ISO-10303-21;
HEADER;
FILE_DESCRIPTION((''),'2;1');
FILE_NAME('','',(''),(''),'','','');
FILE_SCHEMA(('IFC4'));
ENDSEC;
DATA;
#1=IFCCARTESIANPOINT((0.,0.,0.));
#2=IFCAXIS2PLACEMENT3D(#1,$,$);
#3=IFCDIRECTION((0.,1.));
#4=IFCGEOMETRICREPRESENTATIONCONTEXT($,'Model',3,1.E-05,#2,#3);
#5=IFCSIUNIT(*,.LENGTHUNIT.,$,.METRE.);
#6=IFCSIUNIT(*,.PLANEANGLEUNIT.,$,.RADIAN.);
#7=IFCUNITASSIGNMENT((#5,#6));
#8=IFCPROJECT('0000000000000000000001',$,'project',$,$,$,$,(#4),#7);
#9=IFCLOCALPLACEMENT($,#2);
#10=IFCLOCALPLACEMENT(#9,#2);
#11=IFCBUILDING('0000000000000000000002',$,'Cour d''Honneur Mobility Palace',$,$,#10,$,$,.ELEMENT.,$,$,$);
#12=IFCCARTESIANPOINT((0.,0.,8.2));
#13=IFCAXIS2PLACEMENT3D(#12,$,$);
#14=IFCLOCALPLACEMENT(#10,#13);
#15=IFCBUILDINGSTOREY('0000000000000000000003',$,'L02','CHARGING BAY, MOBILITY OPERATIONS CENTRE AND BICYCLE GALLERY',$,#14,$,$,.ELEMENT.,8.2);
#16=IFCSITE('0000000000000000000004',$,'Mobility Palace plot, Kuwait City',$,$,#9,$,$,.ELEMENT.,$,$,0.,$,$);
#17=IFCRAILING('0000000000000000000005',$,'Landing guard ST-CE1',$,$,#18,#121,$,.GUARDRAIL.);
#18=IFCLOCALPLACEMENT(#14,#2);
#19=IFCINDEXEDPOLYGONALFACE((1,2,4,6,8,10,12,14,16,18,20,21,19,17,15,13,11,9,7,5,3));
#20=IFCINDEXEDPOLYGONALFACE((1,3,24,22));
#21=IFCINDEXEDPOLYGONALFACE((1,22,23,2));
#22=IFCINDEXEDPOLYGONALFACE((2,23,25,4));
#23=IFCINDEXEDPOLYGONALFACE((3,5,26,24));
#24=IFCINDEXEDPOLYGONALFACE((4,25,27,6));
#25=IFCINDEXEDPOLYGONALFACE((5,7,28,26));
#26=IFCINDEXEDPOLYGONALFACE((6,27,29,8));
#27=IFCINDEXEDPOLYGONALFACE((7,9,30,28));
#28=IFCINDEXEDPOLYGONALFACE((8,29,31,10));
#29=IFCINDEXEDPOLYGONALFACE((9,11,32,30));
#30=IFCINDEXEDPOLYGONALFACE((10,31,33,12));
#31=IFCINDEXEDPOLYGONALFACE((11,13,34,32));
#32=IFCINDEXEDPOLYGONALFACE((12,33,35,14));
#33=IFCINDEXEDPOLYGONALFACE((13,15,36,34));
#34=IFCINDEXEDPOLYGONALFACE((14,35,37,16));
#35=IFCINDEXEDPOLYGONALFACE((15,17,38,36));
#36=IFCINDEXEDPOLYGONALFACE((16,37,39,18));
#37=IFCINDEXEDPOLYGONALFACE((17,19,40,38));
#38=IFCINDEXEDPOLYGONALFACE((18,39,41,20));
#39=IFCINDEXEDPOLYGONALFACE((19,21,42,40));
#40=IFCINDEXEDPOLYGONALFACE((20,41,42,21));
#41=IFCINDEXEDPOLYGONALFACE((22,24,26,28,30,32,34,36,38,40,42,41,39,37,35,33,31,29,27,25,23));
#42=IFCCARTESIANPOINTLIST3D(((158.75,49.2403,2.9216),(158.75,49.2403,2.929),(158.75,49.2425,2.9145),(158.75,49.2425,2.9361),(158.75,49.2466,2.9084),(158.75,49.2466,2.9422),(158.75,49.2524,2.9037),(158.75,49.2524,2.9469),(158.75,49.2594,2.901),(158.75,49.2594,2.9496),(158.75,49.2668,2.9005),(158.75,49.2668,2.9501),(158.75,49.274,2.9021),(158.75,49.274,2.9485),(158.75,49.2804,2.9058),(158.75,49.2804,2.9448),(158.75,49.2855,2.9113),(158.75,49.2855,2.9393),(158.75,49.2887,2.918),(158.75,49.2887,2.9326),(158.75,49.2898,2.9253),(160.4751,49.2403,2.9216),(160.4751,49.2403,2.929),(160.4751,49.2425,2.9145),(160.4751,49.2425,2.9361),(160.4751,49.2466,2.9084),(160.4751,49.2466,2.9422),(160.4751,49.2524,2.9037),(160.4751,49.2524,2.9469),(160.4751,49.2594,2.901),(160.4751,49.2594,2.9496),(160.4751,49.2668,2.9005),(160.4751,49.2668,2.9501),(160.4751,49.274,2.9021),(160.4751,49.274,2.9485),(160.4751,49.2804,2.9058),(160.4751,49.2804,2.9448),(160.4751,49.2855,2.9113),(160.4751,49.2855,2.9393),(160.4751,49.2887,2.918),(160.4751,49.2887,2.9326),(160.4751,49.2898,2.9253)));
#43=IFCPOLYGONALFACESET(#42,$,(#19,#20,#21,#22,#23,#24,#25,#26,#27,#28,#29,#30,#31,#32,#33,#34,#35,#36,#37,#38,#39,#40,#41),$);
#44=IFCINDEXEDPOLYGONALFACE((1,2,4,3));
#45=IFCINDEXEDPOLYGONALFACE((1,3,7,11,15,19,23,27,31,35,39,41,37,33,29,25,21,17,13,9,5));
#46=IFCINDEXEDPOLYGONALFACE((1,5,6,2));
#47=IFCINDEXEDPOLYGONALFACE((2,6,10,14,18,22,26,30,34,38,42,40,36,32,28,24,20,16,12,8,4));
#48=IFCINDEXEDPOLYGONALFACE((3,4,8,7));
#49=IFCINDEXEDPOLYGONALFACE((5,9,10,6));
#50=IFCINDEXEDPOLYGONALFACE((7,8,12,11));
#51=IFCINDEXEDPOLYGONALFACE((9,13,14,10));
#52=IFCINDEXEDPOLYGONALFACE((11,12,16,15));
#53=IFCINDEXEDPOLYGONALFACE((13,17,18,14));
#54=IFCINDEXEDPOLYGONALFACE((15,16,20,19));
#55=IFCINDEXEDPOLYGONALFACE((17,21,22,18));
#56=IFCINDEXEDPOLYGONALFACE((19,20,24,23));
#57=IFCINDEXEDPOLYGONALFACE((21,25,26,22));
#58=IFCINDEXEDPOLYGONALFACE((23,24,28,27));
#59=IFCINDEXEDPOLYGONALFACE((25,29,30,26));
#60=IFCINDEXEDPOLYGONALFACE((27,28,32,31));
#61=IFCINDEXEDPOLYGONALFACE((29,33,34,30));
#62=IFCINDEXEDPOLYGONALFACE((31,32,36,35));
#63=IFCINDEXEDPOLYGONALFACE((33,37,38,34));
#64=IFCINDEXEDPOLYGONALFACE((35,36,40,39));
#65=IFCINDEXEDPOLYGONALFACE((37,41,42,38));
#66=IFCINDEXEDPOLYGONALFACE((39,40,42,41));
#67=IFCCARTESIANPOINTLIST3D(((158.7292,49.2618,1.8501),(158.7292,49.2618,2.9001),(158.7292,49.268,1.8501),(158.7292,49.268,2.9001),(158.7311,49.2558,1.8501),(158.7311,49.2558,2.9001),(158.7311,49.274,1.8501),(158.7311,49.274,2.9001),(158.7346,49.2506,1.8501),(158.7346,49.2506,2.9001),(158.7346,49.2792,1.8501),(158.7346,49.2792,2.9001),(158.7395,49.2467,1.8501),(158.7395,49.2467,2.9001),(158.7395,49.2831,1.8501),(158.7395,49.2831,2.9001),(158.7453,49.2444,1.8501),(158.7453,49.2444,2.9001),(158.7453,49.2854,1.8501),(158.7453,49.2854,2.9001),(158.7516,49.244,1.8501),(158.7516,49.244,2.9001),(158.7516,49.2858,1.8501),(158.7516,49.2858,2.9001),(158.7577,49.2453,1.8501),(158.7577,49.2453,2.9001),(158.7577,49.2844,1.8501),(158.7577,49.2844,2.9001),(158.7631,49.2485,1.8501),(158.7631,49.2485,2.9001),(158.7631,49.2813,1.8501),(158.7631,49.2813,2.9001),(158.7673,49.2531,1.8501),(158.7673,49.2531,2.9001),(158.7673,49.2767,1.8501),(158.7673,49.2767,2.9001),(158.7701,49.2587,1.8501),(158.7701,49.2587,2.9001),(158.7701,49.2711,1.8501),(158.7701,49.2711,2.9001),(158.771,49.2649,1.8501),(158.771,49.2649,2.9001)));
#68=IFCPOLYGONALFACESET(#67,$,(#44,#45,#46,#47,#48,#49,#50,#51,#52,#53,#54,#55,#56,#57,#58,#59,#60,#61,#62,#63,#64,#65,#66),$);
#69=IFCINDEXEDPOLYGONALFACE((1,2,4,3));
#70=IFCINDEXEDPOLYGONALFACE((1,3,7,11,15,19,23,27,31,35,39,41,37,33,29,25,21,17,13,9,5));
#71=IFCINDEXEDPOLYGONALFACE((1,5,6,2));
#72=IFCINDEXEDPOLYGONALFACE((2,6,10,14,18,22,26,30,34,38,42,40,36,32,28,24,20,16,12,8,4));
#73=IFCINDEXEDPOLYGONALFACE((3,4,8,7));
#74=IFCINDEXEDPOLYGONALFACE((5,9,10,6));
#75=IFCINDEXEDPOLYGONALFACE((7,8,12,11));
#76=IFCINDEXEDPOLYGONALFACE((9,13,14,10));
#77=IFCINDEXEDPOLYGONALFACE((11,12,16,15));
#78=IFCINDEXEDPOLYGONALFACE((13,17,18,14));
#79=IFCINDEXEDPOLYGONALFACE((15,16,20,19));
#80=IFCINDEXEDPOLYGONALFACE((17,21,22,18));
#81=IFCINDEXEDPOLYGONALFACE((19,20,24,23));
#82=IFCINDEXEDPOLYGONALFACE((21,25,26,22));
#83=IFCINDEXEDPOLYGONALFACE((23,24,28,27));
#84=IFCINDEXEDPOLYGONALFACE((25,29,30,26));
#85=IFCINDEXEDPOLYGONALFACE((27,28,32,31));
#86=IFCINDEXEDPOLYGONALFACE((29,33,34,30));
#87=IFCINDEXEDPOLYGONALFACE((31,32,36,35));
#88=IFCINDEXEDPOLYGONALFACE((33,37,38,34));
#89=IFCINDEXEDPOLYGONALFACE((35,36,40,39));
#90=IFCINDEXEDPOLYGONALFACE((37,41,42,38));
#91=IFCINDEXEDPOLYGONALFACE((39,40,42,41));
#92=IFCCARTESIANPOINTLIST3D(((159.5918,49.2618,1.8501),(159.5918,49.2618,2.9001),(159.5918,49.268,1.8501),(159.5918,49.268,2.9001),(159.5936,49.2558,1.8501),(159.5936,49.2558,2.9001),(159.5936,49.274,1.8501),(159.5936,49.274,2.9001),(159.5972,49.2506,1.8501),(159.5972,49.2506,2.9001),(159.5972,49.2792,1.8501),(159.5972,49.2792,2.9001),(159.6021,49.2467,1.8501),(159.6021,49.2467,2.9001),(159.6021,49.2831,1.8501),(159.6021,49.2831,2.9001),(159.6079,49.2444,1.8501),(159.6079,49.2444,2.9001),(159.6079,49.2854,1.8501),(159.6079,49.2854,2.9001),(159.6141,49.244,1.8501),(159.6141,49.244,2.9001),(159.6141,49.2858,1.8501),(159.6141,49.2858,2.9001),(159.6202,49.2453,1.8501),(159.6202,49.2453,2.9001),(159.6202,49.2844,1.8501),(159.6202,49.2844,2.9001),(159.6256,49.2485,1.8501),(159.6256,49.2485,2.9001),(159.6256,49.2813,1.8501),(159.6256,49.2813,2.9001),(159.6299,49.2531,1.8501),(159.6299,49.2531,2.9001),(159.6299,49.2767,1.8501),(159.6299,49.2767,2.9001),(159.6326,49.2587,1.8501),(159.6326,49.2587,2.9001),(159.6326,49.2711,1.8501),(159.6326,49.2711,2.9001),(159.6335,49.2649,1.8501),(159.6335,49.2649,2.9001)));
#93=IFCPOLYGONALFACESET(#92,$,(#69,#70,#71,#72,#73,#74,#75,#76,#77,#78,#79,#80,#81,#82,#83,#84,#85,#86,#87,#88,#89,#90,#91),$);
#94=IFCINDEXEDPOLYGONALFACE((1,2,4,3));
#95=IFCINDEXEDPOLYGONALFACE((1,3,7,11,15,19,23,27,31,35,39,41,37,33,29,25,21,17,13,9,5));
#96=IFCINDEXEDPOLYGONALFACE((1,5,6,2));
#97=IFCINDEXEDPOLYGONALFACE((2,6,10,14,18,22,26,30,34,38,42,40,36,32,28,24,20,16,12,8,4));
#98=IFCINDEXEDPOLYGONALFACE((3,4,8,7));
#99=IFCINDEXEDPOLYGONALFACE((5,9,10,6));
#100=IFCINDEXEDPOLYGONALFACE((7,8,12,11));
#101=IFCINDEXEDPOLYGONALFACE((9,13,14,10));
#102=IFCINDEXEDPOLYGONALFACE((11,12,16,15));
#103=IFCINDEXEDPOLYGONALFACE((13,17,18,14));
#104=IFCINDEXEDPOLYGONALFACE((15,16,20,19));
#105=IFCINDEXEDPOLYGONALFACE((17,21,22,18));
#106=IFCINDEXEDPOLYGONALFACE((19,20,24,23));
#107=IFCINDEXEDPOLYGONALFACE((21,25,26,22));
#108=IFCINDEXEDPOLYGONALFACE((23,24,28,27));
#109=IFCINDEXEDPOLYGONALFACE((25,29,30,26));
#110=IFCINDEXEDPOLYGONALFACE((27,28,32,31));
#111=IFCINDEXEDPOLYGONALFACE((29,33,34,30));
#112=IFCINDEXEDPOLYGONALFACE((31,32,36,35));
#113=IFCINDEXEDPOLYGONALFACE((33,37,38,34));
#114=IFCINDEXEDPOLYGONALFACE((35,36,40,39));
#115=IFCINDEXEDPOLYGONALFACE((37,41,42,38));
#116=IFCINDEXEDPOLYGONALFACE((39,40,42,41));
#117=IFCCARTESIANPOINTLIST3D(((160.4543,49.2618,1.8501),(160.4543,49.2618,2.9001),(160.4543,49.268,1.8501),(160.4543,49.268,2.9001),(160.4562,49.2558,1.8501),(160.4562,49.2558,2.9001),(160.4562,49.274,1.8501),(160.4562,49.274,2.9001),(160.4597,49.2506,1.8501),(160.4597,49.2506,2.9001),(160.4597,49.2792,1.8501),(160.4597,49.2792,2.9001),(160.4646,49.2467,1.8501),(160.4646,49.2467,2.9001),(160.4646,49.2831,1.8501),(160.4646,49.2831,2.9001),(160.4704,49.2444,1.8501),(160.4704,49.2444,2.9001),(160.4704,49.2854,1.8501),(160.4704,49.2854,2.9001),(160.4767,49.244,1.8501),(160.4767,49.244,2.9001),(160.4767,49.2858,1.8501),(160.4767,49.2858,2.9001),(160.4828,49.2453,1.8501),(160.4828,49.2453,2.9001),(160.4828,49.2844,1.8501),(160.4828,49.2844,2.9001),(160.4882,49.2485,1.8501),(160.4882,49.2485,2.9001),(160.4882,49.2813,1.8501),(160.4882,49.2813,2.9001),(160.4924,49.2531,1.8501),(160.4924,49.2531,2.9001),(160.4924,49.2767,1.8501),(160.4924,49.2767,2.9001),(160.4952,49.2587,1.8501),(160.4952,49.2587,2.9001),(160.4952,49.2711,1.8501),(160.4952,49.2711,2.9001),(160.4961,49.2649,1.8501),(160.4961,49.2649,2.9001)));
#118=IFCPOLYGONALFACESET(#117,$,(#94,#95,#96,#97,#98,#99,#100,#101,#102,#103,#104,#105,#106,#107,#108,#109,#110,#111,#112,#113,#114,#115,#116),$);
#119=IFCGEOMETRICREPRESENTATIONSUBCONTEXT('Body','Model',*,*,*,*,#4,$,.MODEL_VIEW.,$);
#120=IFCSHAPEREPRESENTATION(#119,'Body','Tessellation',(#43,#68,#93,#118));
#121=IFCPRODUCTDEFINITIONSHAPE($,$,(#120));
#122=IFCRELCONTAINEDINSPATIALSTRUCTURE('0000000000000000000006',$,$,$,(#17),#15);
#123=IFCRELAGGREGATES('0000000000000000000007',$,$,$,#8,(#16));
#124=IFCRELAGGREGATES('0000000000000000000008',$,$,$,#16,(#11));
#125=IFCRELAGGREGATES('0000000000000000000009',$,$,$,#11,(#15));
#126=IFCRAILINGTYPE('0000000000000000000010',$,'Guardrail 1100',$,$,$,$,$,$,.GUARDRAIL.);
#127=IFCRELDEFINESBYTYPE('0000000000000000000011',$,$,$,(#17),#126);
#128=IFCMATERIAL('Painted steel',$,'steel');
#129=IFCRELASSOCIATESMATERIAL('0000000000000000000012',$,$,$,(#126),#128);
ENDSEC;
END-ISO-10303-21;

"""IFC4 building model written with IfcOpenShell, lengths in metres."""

from ifc_helpers import new_model, si_unit, direction, frame, origin, origin_2d, place, context, subcontext, project, spatial, circle, extrude, material, type_object, element, save


model = new_model("IFC4")

# Units and contexts
model_context = context("Model", 3, precision=1e-05, world=origin(), true_north=direction((0.0, 1.0)))
body_context = subcontext(model_context, "Body", "Model", "MODEL_VIEW")
ifc_project = project(units=[si_unit("LENGTHUNIT", "METRE"), si_unit("PLANEANGLEUNIT", "RADIAN")], contexts=[model_context])

# Site, building, storey
site_placement = place(None, origin())
site = spatial("IfcSite", under=ifc_project, at=site_placement, Name="Mobility Palace plot, Kuwait City", CompositionType="ELEMENT", RefElevation=0.0)
building_placement = place(site_placement, origin())
building = spatial("IfcBuilding", under=site, at=building_placement, Name="Cour d'Honneur Mobility Palace", CompositionType="ELEMENT")
storey_placement = place(building_placement, frame((0.0, 0.0, 8.2)))
storey = spatial("IfcBuildingStorey", under=building, at=storey_placement, Name="L02", Description="CHARGING BAY, MOBILITY OPERATIONS CENTRE AND BICYCLE GALLERY", CompositionType="ELEMENT", Elevation=8.2)

# Railing
ifc_material_1 = material(Name="Painted steel", Category="steel")
railing_type_1 = type_object("IfcRailingType", Name="Guardrail 1100", PredefinedType="GUARDRAIL", material=ifc_material_1)
railing_1_placement = place(storey_placement, frame((158.75, 49.2649, 1.8501)))
element("IfcRailing", 1, at=railing_1_placement, inside=storey, type_object=railing_type_1, Name="Landing guard ST-CE1", PredefinedType="GUARDRAIL", context=body_context, shape_type="SweptSolid", body=[
    extrude(circle(Radius=0.0249, at=origin_2d()), frame((0.0, 0.0, 1.0752), z_axis=(1.0, 0.0, 0.0), x_axis=(0.0, 1.0, 0.0)), (0.0, 0.0, 1.0), 1.7251),
    extrude(circle(Radius=0.021, at=origin_2d()), origin(), (0.0, 0.0, 1.0), 1.05),
    extrude(circle(Radius=0.021, at=origin_2d()), frame((0.8625, 0.0, 0.0)), (0.0, 0.0, 1.0), 1.05),
    extrude(circle(Radius=0.021, at=origin_2d()), frame((1.7251, 0.0, 0.0)), (0.0, 0.0, 1.0), 1.05),
])

save(model, "model.ifc")
